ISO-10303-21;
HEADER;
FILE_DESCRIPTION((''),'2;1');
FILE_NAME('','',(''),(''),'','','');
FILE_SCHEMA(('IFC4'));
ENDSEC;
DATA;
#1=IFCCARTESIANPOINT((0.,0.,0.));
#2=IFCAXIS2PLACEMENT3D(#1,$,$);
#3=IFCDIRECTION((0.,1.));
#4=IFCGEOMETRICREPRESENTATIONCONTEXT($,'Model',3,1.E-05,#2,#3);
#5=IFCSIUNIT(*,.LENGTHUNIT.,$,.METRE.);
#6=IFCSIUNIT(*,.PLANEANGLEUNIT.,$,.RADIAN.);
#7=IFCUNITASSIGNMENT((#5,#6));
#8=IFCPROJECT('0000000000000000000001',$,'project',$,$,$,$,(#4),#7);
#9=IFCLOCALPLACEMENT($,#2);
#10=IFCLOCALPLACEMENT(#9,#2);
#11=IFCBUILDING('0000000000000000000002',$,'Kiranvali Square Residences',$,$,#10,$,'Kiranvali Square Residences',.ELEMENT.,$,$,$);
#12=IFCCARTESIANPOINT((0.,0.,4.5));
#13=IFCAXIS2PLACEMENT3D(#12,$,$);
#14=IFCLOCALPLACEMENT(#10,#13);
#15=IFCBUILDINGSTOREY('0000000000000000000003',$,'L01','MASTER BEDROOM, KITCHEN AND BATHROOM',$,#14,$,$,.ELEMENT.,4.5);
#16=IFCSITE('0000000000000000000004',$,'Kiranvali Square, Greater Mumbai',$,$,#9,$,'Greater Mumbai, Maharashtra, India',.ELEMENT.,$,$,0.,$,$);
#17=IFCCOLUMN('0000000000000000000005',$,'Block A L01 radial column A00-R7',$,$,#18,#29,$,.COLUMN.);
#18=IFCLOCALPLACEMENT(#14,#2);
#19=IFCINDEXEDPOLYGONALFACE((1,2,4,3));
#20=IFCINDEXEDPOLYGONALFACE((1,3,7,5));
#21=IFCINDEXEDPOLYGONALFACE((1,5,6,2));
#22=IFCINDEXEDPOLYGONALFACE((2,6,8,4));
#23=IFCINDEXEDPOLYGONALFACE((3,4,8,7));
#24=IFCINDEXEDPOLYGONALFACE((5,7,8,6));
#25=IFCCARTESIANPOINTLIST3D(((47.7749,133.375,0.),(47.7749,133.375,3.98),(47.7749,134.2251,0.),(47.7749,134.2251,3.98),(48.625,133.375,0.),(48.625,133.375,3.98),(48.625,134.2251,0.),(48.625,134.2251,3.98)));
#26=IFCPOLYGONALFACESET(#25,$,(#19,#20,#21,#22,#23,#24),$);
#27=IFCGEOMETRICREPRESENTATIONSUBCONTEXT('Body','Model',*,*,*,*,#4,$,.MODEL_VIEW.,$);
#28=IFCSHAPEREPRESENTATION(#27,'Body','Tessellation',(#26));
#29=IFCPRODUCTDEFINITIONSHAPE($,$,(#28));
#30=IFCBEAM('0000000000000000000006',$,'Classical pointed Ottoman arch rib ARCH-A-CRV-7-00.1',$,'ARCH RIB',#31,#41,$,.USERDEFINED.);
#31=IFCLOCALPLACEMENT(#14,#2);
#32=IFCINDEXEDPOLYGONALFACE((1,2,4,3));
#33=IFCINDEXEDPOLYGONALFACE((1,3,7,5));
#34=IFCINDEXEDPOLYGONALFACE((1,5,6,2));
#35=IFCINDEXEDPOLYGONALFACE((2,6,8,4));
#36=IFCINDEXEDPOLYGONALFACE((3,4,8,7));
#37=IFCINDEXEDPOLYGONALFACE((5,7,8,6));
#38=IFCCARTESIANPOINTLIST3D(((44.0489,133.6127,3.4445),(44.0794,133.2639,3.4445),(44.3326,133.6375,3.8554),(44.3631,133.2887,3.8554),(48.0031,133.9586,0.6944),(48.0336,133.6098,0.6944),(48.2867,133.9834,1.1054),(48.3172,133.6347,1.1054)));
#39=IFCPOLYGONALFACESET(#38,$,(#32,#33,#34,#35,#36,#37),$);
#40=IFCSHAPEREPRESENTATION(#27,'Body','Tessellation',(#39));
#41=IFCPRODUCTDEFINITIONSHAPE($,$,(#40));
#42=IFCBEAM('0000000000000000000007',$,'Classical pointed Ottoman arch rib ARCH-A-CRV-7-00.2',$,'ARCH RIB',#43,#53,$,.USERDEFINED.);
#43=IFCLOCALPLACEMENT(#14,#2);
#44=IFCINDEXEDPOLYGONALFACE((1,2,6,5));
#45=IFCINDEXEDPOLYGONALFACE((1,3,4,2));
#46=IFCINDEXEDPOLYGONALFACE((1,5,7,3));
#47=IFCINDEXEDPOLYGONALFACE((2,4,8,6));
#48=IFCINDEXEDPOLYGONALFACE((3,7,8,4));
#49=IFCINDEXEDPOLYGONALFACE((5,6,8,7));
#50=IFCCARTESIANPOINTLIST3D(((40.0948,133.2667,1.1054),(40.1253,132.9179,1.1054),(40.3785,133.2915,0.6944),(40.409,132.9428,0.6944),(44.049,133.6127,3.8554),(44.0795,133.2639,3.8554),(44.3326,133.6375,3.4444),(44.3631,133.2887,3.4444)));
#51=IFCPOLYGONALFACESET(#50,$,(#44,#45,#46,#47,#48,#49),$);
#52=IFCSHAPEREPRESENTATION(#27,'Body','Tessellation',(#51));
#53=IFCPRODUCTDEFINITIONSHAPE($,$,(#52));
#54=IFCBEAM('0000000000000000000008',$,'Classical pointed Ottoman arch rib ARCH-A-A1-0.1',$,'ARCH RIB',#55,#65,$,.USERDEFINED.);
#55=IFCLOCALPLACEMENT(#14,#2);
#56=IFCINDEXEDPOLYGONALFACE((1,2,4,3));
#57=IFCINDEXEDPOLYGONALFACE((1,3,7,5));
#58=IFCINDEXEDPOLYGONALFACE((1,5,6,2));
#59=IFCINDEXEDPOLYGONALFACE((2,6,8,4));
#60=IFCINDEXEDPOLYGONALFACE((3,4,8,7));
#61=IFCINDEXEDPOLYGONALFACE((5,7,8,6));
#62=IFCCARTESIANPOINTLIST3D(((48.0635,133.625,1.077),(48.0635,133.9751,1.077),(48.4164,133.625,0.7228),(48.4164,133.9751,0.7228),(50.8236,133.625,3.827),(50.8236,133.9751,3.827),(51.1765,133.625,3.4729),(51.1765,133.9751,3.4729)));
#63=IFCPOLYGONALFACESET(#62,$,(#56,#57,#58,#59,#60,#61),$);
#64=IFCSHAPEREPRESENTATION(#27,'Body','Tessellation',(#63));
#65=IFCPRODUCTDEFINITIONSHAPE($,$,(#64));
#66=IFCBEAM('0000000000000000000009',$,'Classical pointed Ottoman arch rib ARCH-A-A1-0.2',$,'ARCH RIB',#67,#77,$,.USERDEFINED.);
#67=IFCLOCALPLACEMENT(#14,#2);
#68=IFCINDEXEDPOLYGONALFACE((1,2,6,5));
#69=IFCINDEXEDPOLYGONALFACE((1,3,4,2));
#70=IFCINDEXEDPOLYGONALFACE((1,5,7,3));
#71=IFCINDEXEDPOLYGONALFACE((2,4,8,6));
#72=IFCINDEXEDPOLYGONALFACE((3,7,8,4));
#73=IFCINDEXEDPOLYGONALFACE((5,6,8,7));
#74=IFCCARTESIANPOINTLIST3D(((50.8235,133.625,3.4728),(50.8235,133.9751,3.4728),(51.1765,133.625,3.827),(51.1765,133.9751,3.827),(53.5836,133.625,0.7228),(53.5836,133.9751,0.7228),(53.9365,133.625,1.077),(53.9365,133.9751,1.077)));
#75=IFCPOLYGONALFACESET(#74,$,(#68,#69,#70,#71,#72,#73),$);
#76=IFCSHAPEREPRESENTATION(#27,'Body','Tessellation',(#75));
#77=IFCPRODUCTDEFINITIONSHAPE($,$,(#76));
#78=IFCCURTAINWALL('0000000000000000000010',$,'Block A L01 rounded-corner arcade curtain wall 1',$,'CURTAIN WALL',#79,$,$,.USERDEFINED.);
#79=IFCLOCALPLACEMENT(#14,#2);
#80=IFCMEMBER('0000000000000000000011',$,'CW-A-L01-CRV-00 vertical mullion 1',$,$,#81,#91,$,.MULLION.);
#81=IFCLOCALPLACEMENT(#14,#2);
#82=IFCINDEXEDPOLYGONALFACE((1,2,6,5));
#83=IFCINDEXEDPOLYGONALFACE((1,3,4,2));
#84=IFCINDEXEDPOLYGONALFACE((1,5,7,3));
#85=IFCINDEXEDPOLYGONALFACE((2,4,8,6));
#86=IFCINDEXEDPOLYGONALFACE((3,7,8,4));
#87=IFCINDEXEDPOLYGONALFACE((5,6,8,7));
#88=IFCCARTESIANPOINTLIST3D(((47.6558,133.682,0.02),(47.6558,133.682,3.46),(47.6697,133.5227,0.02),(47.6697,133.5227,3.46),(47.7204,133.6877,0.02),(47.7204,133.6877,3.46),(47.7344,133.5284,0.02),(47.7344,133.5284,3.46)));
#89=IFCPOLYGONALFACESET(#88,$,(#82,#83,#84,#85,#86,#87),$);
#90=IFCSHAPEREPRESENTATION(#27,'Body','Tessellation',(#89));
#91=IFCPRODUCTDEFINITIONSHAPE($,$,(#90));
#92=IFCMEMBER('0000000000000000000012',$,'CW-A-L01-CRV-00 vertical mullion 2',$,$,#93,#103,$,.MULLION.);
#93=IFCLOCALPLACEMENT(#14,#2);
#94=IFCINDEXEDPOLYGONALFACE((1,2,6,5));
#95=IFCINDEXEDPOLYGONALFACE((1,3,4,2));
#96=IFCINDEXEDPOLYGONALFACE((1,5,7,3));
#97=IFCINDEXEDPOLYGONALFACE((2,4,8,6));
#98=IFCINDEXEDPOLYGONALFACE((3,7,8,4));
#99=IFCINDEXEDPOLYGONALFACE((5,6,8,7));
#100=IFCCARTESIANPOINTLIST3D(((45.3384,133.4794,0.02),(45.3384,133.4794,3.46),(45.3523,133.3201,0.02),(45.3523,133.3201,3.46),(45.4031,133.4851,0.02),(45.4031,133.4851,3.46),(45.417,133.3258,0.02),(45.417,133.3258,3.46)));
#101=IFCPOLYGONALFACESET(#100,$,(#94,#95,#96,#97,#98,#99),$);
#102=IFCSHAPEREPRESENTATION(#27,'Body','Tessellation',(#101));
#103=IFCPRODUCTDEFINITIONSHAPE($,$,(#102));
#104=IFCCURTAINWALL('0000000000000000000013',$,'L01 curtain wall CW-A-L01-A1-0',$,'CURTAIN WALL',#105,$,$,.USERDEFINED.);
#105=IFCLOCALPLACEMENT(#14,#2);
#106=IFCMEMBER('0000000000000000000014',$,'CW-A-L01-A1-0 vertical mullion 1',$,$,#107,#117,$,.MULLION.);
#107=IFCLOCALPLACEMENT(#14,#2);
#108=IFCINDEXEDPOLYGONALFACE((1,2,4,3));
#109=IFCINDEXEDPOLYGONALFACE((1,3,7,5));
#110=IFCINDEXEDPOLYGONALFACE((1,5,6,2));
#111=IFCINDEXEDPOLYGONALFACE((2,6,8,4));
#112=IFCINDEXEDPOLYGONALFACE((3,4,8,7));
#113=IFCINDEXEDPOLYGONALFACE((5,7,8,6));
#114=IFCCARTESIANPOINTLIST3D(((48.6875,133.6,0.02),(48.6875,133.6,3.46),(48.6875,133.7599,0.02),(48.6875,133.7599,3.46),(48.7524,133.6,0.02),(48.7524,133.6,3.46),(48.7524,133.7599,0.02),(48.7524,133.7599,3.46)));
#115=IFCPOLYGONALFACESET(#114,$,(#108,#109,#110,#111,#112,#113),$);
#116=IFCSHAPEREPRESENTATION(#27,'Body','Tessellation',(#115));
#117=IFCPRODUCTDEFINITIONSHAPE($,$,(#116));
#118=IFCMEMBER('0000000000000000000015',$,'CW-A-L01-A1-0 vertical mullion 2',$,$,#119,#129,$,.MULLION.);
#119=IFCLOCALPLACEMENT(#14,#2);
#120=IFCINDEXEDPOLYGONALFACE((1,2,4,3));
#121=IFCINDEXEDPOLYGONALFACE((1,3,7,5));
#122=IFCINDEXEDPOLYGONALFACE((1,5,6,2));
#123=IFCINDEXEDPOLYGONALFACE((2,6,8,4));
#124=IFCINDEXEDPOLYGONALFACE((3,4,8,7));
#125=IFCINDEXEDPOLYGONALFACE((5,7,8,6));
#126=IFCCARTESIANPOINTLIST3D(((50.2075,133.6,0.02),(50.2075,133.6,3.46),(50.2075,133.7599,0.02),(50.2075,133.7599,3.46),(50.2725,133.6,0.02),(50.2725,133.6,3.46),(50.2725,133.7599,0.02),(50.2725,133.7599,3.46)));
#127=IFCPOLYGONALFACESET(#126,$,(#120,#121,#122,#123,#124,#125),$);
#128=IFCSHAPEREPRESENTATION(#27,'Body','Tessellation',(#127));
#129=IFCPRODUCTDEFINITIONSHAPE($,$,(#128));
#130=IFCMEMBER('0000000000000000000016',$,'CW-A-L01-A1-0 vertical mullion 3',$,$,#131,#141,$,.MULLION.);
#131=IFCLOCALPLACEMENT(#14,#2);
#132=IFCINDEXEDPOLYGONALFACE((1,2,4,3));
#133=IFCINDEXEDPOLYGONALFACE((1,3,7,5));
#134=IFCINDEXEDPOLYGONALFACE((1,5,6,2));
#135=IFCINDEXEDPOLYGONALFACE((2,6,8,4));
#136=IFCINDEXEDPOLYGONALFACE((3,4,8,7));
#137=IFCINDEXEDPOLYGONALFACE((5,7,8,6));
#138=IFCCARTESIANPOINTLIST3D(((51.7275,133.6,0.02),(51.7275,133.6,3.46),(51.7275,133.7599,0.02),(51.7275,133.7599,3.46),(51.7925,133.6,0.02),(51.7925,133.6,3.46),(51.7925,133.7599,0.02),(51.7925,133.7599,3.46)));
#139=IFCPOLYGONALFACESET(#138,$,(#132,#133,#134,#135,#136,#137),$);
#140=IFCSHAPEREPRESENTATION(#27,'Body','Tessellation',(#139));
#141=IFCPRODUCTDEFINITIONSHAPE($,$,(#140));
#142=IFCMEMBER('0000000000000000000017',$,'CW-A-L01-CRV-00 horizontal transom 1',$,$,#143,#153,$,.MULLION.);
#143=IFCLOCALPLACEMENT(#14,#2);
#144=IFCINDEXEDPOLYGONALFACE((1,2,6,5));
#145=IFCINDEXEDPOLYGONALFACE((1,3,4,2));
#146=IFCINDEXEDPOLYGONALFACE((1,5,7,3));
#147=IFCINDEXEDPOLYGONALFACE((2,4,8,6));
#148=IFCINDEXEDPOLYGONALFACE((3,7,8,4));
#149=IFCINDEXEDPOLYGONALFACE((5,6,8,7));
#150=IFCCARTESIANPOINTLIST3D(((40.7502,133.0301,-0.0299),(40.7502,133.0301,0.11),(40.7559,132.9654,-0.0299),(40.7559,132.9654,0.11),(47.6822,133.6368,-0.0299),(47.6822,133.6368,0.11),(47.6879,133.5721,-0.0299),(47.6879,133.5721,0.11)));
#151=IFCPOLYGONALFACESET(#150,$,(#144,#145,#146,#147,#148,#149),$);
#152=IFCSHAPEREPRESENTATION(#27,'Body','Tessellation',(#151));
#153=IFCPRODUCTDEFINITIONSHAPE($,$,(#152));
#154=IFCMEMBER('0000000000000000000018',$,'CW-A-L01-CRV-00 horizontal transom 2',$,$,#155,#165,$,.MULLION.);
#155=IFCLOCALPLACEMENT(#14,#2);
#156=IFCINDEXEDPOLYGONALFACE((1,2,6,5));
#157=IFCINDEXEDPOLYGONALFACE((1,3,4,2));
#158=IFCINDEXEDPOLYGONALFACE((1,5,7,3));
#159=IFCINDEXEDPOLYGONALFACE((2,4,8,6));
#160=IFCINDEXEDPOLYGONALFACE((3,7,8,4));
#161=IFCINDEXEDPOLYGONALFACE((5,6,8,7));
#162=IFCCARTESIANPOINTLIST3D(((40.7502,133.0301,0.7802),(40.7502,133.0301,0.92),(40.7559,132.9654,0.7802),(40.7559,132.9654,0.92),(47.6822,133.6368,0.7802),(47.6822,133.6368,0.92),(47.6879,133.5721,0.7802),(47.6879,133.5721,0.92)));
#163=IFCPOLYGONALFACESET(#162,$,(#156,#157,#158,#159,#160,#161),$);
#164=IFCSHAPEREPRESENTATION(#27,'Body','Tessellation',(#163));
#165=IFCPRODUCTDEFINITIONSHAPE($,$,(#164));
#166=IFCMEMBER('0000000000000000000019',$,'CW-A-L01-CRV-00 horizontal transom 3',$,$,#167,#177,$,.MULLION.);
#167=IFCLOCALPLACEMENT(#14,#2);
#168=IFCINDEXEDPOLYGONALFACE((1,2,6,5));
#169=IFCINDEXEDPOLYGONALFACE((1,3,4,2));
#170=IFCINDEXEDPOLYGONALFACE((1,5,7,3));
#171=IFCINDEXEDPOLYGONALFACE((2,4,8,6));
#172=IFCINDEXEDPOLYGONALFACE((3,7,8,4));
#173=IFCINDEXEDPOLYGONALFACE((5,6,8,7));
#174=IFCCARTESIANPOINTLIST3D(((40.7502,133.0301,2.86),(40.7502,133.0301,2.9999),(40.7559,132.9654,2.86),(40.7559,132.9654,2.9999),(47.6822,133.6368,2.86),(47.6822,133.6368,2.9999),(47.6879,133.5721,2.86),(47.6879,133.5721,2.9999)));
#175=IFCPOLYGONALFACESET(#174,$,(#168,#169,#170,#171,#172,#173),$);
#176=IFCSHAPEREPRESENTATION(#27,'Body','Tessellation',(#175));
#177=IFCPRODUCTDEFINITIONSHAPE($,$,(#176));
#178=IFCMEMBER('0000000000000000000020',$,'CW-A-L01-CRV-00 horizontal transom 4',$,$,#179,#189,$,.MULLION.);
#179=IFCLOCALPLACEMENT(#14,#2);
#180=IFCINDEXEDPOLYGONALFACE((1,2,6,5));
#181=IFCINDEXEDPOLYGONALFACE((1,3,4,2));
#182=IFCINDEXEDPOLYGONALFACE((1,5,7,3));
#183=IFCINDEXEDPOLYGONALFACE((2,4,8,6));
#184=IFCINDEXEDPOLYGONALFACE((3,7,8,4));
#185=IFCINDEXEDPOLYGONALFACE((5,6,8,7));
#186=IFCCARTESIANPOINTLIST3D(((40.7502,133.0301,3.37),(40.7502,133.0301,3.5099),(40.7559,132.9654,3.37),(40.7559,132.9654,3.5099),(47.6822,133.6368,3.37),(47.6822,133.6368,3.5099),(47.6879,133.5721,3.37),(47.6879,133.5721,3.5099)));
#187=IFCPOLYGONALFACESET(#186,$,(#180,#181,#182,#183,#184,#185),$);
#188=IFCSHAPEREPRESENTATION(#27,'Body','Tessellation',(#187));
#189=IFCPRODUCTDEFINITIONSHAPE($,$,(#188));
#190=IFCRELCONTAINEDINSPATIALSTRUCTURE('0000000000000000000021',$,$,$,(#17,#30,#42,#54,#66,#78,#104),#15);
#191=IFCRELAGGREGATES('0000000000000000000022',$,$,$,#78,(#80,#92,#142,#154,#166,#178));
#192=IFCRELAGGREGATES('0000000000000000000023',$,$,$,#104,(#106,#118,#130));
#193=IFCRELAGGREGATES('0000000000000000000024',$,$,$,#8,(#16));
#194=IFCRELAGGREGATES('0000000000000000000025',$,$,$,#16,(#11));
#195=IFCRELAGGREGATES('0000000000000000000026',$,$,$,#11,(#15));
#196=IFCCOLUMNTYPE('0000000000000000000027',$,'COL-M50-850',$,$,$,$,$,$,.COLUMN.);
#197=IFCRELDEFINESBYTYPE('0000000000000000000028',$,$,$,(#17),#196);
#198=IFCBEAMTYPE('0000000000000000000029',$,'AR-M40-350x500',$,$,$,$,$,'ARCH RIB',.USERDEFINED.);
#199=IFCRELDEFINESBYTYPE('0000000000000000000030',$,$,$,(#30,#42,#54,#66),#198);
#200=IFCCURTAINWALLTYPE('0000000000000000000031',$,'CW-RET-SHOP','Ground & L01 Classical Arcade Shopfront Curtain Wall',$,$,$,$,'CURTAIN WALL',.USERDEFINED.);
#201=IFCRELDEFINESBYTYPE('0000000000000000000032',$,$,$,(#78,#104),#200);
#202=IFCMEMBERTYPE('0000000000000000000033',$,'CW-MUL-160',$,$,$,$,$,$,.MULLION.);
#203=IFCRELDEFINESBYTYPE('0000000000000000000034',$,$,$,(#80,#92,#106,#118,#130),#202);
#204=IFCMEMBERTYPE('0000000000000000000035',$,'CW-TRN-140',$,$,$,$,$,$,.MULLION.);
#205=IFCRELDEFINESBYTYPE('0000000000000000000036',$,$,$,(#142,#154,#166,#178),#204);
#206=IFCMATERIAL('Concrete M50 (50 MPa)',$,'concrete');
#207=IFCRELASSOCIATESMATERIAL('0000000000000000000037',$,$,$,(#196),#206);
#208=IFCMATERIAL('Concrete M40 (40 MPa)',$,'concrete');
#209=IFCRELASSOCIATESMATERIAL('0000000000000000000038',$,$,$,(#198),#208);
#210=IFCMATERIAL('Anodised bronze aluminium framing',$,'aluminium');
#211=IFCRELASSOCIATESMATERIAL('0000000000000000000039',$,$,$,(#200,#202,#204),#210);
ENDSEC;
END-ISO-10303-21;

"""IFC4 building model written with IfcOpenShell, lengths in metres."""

from ifc_helpers import new_model, si_unit, direction, frame, origin, origin_2d, place, context, subcontext, project, spatial, rectangle, extrude, material, material_profile, profile_set, type_object, element, aggregate, save


model = new_model("IFC4")

# Units and contexts
model_context = context("Model", 3, precision=1e-05, world=origin(), true_north=direction((0.0, 1.0)))
body_context = subcontext(model_context, "Body", "Model", "MODEL_VIEW")
ifc_project = project(units=[si_unit("LENGTHUNIT", "METRE"), si_unit("PLANEANGLEUNIT", "RADIAN")], contexts=[model_context])

# Site, building, storey
site_placement = place(None, origin())
site = spatial("IfcSite", under=ifc_project, at=site_placement, Name="Kiranvali Square, Greater Mumbai", LongName="Greater Mumbai, Maharashtra, India", CompositionType="ELEMENT", RefElevation=0.0)
building_placement = place(site_placement, origin())
building = spatial("IfcBuilding", under=site, at=building_placement, Name="Kiranvali Square Residences", LongName="Kiranvali Square Residences", CompositionType="ELEMENT")
storey_placement = place(building_placement, frame((0.0, 0.0, 4.5)))
storey = spatial("IfcBuildingStorey", under=building, at=storey_placement, Name="L01", Description="MASTER BEDROOM, KITCHEN AND BATHROOM", CompositionType="ELEMENT", Elevation=4.5)

# Column
ifc_material_1 = material(Name="Concrete M50 (50 MPa)", Category="concrete")
ifc_material_profile_1 = material_profile(ifc_material_1, rectangle(XDim=0.8501, YDim=0.8501, at=origin_2d()), Name="RC 850x850")
ifc_profile_set_1 = profile_set([ifc_material_profile_1], Name="Concrete M50 (50 MPa)")
column_type = type_object("IfcColumnType", Name="COL-M50-850", PredefinedType="COLUMN", material=ifc_profile_set_1)
column_placement = place(storey_placement, frame((48.2, 133.8, 0.0), z_axis=(0.0, 0.0, 1.0), x_axis=(1.0, 0.0, 0.0)))
element("IfcColumn", 1, at=column_placement, inside=storey, type_object=column_type, Name="Block A L01 radial column A00-R7", PredefinedType="COLUMN", context=body_context, shape_type="SweptSolid", body=[
    extrude(rectangle(XDim=0.8501, YDim=0.8501, at=origin_2d()), origin(), (0.0, 0.0, 1.0), 3.98),
])

# Beams
ifc_material_2 = material(Name="Concrete M40 (40 MPa)", Category="concrete")
ifc_material_profile_2 = material_profile(ifc_material_2, rectangle(XDim=0.3501, YDim=0.5, at=origin_2d()), Name="RC 350x500")
ifc_profile_set_2 = profile_set([ifc_material_profile_2], Name="Concrete M40 (40 MPa)")
beam_type_1 = type_object("IfcBeamType", Name="AR-M40-350x500", ElementType="ARCH RIB", PredefinedType="USERDEFINED", material=ifc_profile_set_2)
for number, where, z_axis, x_axis, name in (
    (2, (48.1602, 133.7966, 0.8999), (-0.818862, -0.071643, 0.569502), (0.087158, -0.996195, 0.0), "Classical pointed Ottoman arch rib ARCH-A-CRV-7-00.1"),
    (3, (44.2061, 133.4507, 3.6499), (-0.818862, -0.071643, -0.569502), (0.087158, -0.996195, 0.0), "Classical pointed Ottoman arch rib ARCH-A-CRV-7-00.2"),
):
    element("IfcBeam", number, at=place(storey_placement, frame(where, z_axis=z_axis, x_axis=x_axis)), inside=storey, type_object=beam_type_1, Name=name, ObjectType="ARCH RIB", PredefinedType="USERDEFINED", context=body_context, shape_type="SweptSolid", body=[
        extrude(rectangle(XDim=0.3501, YDim=0.5, at=origin_2d()), origin(), (0.0, 0.0, 1.0), 4.8289),
    ])
for number, where, z_axis, x_axis, name in (
    (4, (48.24, 133.8, 0.8999), (0.70839, 0.0, 0.705821), (0.0, 1.0, 0.0), "Classical pointed Ottoman arch rib ARCH-A-A1-0.1"),
    (5, (51.0, 133.8, 3.6499), (0.70839, 0.0, -0.705821), (0.0, 1.0, 0.0), "Classical pointed Ottoman arch rib ARCH-A-A1-0.2"),
):
    element("IfcBeam", number, at=place(storey_placement, frame(where, z_axis=z_axis, x_axis=x_axis)), inside=storey, type_object=beam_type_1, Name=name, ObjectType="ARCH RIB", PredefinedType="USERDEFINED", context=body_context, shape_type="SweptSolid", body=[
        extrude(rectangle(XDim=0.3501, YDim=0.5, at=origin_2d()), origin(), (0.0, 0.0, 1.0), 3.8962),
    ])

# Curtain walls, members
ifc_material_3 = material(Name="Anodised bronze aluminium framing", Category="aluminium")
curtain_wall_type = type_object("IfcCurtainWallType", Name="CW-RET-SHOP", Description="Ground & L01 Classical Arcade Shopfront Curtain Wall", ElementType="CURTAIN WALL", PredefinedType="USERDEFINED", material=ifc_material_3)
curtain_wall_1_placement = place(storey_placement, origin())
curtain_wall_1 = element("IfcCurtainWall", 6, at=curtain_wall_1_placement, inside=storey, type_object=curtain_wall_type, Name="Block A L01 rounded-corner arcade curtain wall 1", ObjectType="CURTAIN WALL", PredefinedType="USERDEFINED")
ifc_material_profile_3 = material_profile(ifc_material_3, rectangle(XDim=0.0649, YDim=0.1599, at=origin_2d()), Name="ALU 65x160")
ifc_profile_set_3 = profile_set([ifc_material_profile_3], Name="Anodised bronze aluminium framing")
member_type_1 = type_object("IfcMemberType", Name="CW-MUL-160", PredefinedType="MULLION", material=ifc_profile_set_3)
member_1_placement = place(storey_placement, frame((47.6951, 133.6052, 0.02), z_axis=(0.0, 0.0, 1.0), x_axis=(-0.996195, -0.087156, 0.0)))
member_1 = element("IfcMember", 7, at=member_1_placement, type_object=member_type_1, Name="CW-A-L01-CRV-00 vertical mullion 1", PredefinedType="MULLION", context=body_context, shape_type="SweptSolid", body=[
    extrude(rectangle(XDim=0.0649, YDim=0.1599, at=origin_2d()), origin(), (0.0, 0.0, 1.0), 3.4399),
])
member_2_placement = place(storey_placement, frame((45.3777, 133.4026, 0.02), z_axis=(0.0, 0.0, 1.0), x_axis=(-0.996195, -0.087156, 0.0)))
member_2 = element("IfcMember", 8, at=member_2_placement, type_object=member_type_1, Name="CW-A-L01-CRV-00 vertical mullion 2", PredefinedType="MULLION", context=body_context, shape_type="SweptSolid", body=[
    extrude(rectangle(XDim=0.0649, YDim=0.1599, at=origin_2d()), origin(), (0.0, 0.0, 1.0), 3.4399),
])
curtain_wall_2_placement = place(storey_placement, origin())
curtain_wall_2 = element("IfcCurtainWall", 9, at=curtain_wall_2_placement, inside=storey, type_object=curtain_wall_type, Name="L01 curtain wall CW-A-L01-A1-0", ObjectType="CURTAIN WALL", PredefinedType="USERDEFINED")
member_3_placement = place(storey_placement, frame((48.72, 133.6799, 0.02), z_axis=(0.0, 0.0, 1.0), x_axis=(1.0, 0.0, 0.0)))
member_3 = element("IfcMember", 10, at=member_3_placement, type_object=member_type_1, Name="CW-A-L01-A1-0 vertical mullion 1", PredefinedType="MULLION", context=body_context, shape_type="SweptSolid", body=[
    extrude(rectangle(XDim=0.0649, YDim=0.1599, at=origin_2d()), origin(), (0.0, 0.0, 1.0), 3.4399),
])
member_4_placement = place(storey_placement, frame((50.24, 133.6799, 0.02), z_axis=(0.0, 0.0, 1.0), x_axis=(1.0, 0.0, 0.0)))
member_4 = element("IfcMember", 11, at=member_4_placement, type_object=member_type_1, Name="CW-A-L01-A1-0 vertical mullion 2", PredefinedType="MULLION", context=body_context, shape_type="SweptSolid", body=[
    extrude(rectangle(XDim=0.0649, YDim=0.1599, at=origin_2d()), origin(), (0.0, 0.0, 1.0), 3.4399),
])
member_5_placement = place(storey_placement, frame((51.76, 133.6799, 0.02), z_axis=(0.0, 0.0, 1.0), x_axis=(1.0, 0.0, 0.0)))
member_5 = element("IfcMember", 12, at=member_5_placement, type_object=member_type_1, Name="CW-A-L01-A1-0 vertical mullion 3", PredefinedType="MULLION", context=body_context, shape_type="SweptSolid", body=[
    extrude(rectangle(XDim=0.0649, YDim=0.1599, at=origin_2d()), origin(), (0.0, 0.0, 1.0), 3.4399),
])

# Members
ifc_material_profile_4 = material_profile(ifc_material_3, rectangle(XDim=0.0649, YDim=0.1399, at=origin_2d()), Name="ALU 65x140")
ifc_profile_set_4 = profile_set([ifc_material_profile_4], Name="Anodised bronze aluminium framing")
member_type_2 = type_object("IfcMemberType", Name="CW-TRN-140", PredefinedType="MULLION", material=ifc_profile_set_4)
member_6_placement = place(storey_placement, frame((47.6851, 133.6045, 0.04), z_axis=(-0.996192, -0.087188, 0.0), x_axis=(0.087188, -0.996192, 0.0)))
member_6 = element("IfcMember", 13, at=member_6_placement, type_object=member_type_2, Name="CW-A-L01-CRV-00 horizontal transom 1", PredefinedType="MULLION", context=body_context, shape_type="SweptSolid", body=[
    extrude(rectangle(XDim=0.0649, YDim=0.1399, at=origin_2d()), origin(), (0.0, 0.0, 1.0), 6.9585),
])
member_7_placement = place(storey_placement, frame((47.6851, 133.6045, 0.8501), z_axis=(-0.996192, -0.087188, 0.0), x_axis=(0.087188, -0.996192, 0.0)))
member_7 = element("IfcMember", 14, at=member_7_placement, type_object=member_type_2, Name="CW-A-L01-CRV-00 horizontal transom 2", PredefinedType="MULLION", context=body_context, shape_type="SweptSolid", body=[
    extrude(rectangle(XDim=0.0649, YDim=0.1399, at=origin_2d()), origin(), (0.0, 0.0, 1.0), 6.9585),
])
member_8_placement = place(storey_placement, frame((47.6851, 133.6045, 2.9299), z_axis=(-0.996192, -0.087188, 0.0), x_axis=(0.087188, -0.996192, 0.0)))
member_8 = element("IfcMember", 15, at=member_8_placement, type_object=member_type_2, Name="CW-A-L01-CRV-00 horizontal transom 3", PredefinedType="MULLION", context=body_context, shape_type="SweptSolid", body=[
    extrude(rectangle(XDim=0.0649, YDim=0.1399, at=origin_2d()), origin(), (0.0, 0.0, 1.0), 6.9585),
])
member_9_placement = place(storey_placement, frame((47.6851, 133.6045, 3.4399), z_axis=(-0.996192, -0.087188, 0.0), x_axis=(0.087188, -0.996192, 0.0)))
member_9 = element("IfcMember", 16, at=member_9_placement, type_object=member_type_2, Name="CW-A-L01-CRV-00 horizontal transom 4", PredefinedType="MULLION", context=body_context, shape_type="SweptSolid", body=[
    extrude(rectangle(XDim=0.0649, YDim=0.1399, at=origin_2d()), origin(), (0.0, 0.0, 1.0), 6.9585),
])

aggregate(curtain_wall_1, [member_1, member_2, member_6, member_7, member_8, member_9])
aggregate(curtain_wall_2, [member_3, member_4, member_5])

save(model, "model.ifc")
